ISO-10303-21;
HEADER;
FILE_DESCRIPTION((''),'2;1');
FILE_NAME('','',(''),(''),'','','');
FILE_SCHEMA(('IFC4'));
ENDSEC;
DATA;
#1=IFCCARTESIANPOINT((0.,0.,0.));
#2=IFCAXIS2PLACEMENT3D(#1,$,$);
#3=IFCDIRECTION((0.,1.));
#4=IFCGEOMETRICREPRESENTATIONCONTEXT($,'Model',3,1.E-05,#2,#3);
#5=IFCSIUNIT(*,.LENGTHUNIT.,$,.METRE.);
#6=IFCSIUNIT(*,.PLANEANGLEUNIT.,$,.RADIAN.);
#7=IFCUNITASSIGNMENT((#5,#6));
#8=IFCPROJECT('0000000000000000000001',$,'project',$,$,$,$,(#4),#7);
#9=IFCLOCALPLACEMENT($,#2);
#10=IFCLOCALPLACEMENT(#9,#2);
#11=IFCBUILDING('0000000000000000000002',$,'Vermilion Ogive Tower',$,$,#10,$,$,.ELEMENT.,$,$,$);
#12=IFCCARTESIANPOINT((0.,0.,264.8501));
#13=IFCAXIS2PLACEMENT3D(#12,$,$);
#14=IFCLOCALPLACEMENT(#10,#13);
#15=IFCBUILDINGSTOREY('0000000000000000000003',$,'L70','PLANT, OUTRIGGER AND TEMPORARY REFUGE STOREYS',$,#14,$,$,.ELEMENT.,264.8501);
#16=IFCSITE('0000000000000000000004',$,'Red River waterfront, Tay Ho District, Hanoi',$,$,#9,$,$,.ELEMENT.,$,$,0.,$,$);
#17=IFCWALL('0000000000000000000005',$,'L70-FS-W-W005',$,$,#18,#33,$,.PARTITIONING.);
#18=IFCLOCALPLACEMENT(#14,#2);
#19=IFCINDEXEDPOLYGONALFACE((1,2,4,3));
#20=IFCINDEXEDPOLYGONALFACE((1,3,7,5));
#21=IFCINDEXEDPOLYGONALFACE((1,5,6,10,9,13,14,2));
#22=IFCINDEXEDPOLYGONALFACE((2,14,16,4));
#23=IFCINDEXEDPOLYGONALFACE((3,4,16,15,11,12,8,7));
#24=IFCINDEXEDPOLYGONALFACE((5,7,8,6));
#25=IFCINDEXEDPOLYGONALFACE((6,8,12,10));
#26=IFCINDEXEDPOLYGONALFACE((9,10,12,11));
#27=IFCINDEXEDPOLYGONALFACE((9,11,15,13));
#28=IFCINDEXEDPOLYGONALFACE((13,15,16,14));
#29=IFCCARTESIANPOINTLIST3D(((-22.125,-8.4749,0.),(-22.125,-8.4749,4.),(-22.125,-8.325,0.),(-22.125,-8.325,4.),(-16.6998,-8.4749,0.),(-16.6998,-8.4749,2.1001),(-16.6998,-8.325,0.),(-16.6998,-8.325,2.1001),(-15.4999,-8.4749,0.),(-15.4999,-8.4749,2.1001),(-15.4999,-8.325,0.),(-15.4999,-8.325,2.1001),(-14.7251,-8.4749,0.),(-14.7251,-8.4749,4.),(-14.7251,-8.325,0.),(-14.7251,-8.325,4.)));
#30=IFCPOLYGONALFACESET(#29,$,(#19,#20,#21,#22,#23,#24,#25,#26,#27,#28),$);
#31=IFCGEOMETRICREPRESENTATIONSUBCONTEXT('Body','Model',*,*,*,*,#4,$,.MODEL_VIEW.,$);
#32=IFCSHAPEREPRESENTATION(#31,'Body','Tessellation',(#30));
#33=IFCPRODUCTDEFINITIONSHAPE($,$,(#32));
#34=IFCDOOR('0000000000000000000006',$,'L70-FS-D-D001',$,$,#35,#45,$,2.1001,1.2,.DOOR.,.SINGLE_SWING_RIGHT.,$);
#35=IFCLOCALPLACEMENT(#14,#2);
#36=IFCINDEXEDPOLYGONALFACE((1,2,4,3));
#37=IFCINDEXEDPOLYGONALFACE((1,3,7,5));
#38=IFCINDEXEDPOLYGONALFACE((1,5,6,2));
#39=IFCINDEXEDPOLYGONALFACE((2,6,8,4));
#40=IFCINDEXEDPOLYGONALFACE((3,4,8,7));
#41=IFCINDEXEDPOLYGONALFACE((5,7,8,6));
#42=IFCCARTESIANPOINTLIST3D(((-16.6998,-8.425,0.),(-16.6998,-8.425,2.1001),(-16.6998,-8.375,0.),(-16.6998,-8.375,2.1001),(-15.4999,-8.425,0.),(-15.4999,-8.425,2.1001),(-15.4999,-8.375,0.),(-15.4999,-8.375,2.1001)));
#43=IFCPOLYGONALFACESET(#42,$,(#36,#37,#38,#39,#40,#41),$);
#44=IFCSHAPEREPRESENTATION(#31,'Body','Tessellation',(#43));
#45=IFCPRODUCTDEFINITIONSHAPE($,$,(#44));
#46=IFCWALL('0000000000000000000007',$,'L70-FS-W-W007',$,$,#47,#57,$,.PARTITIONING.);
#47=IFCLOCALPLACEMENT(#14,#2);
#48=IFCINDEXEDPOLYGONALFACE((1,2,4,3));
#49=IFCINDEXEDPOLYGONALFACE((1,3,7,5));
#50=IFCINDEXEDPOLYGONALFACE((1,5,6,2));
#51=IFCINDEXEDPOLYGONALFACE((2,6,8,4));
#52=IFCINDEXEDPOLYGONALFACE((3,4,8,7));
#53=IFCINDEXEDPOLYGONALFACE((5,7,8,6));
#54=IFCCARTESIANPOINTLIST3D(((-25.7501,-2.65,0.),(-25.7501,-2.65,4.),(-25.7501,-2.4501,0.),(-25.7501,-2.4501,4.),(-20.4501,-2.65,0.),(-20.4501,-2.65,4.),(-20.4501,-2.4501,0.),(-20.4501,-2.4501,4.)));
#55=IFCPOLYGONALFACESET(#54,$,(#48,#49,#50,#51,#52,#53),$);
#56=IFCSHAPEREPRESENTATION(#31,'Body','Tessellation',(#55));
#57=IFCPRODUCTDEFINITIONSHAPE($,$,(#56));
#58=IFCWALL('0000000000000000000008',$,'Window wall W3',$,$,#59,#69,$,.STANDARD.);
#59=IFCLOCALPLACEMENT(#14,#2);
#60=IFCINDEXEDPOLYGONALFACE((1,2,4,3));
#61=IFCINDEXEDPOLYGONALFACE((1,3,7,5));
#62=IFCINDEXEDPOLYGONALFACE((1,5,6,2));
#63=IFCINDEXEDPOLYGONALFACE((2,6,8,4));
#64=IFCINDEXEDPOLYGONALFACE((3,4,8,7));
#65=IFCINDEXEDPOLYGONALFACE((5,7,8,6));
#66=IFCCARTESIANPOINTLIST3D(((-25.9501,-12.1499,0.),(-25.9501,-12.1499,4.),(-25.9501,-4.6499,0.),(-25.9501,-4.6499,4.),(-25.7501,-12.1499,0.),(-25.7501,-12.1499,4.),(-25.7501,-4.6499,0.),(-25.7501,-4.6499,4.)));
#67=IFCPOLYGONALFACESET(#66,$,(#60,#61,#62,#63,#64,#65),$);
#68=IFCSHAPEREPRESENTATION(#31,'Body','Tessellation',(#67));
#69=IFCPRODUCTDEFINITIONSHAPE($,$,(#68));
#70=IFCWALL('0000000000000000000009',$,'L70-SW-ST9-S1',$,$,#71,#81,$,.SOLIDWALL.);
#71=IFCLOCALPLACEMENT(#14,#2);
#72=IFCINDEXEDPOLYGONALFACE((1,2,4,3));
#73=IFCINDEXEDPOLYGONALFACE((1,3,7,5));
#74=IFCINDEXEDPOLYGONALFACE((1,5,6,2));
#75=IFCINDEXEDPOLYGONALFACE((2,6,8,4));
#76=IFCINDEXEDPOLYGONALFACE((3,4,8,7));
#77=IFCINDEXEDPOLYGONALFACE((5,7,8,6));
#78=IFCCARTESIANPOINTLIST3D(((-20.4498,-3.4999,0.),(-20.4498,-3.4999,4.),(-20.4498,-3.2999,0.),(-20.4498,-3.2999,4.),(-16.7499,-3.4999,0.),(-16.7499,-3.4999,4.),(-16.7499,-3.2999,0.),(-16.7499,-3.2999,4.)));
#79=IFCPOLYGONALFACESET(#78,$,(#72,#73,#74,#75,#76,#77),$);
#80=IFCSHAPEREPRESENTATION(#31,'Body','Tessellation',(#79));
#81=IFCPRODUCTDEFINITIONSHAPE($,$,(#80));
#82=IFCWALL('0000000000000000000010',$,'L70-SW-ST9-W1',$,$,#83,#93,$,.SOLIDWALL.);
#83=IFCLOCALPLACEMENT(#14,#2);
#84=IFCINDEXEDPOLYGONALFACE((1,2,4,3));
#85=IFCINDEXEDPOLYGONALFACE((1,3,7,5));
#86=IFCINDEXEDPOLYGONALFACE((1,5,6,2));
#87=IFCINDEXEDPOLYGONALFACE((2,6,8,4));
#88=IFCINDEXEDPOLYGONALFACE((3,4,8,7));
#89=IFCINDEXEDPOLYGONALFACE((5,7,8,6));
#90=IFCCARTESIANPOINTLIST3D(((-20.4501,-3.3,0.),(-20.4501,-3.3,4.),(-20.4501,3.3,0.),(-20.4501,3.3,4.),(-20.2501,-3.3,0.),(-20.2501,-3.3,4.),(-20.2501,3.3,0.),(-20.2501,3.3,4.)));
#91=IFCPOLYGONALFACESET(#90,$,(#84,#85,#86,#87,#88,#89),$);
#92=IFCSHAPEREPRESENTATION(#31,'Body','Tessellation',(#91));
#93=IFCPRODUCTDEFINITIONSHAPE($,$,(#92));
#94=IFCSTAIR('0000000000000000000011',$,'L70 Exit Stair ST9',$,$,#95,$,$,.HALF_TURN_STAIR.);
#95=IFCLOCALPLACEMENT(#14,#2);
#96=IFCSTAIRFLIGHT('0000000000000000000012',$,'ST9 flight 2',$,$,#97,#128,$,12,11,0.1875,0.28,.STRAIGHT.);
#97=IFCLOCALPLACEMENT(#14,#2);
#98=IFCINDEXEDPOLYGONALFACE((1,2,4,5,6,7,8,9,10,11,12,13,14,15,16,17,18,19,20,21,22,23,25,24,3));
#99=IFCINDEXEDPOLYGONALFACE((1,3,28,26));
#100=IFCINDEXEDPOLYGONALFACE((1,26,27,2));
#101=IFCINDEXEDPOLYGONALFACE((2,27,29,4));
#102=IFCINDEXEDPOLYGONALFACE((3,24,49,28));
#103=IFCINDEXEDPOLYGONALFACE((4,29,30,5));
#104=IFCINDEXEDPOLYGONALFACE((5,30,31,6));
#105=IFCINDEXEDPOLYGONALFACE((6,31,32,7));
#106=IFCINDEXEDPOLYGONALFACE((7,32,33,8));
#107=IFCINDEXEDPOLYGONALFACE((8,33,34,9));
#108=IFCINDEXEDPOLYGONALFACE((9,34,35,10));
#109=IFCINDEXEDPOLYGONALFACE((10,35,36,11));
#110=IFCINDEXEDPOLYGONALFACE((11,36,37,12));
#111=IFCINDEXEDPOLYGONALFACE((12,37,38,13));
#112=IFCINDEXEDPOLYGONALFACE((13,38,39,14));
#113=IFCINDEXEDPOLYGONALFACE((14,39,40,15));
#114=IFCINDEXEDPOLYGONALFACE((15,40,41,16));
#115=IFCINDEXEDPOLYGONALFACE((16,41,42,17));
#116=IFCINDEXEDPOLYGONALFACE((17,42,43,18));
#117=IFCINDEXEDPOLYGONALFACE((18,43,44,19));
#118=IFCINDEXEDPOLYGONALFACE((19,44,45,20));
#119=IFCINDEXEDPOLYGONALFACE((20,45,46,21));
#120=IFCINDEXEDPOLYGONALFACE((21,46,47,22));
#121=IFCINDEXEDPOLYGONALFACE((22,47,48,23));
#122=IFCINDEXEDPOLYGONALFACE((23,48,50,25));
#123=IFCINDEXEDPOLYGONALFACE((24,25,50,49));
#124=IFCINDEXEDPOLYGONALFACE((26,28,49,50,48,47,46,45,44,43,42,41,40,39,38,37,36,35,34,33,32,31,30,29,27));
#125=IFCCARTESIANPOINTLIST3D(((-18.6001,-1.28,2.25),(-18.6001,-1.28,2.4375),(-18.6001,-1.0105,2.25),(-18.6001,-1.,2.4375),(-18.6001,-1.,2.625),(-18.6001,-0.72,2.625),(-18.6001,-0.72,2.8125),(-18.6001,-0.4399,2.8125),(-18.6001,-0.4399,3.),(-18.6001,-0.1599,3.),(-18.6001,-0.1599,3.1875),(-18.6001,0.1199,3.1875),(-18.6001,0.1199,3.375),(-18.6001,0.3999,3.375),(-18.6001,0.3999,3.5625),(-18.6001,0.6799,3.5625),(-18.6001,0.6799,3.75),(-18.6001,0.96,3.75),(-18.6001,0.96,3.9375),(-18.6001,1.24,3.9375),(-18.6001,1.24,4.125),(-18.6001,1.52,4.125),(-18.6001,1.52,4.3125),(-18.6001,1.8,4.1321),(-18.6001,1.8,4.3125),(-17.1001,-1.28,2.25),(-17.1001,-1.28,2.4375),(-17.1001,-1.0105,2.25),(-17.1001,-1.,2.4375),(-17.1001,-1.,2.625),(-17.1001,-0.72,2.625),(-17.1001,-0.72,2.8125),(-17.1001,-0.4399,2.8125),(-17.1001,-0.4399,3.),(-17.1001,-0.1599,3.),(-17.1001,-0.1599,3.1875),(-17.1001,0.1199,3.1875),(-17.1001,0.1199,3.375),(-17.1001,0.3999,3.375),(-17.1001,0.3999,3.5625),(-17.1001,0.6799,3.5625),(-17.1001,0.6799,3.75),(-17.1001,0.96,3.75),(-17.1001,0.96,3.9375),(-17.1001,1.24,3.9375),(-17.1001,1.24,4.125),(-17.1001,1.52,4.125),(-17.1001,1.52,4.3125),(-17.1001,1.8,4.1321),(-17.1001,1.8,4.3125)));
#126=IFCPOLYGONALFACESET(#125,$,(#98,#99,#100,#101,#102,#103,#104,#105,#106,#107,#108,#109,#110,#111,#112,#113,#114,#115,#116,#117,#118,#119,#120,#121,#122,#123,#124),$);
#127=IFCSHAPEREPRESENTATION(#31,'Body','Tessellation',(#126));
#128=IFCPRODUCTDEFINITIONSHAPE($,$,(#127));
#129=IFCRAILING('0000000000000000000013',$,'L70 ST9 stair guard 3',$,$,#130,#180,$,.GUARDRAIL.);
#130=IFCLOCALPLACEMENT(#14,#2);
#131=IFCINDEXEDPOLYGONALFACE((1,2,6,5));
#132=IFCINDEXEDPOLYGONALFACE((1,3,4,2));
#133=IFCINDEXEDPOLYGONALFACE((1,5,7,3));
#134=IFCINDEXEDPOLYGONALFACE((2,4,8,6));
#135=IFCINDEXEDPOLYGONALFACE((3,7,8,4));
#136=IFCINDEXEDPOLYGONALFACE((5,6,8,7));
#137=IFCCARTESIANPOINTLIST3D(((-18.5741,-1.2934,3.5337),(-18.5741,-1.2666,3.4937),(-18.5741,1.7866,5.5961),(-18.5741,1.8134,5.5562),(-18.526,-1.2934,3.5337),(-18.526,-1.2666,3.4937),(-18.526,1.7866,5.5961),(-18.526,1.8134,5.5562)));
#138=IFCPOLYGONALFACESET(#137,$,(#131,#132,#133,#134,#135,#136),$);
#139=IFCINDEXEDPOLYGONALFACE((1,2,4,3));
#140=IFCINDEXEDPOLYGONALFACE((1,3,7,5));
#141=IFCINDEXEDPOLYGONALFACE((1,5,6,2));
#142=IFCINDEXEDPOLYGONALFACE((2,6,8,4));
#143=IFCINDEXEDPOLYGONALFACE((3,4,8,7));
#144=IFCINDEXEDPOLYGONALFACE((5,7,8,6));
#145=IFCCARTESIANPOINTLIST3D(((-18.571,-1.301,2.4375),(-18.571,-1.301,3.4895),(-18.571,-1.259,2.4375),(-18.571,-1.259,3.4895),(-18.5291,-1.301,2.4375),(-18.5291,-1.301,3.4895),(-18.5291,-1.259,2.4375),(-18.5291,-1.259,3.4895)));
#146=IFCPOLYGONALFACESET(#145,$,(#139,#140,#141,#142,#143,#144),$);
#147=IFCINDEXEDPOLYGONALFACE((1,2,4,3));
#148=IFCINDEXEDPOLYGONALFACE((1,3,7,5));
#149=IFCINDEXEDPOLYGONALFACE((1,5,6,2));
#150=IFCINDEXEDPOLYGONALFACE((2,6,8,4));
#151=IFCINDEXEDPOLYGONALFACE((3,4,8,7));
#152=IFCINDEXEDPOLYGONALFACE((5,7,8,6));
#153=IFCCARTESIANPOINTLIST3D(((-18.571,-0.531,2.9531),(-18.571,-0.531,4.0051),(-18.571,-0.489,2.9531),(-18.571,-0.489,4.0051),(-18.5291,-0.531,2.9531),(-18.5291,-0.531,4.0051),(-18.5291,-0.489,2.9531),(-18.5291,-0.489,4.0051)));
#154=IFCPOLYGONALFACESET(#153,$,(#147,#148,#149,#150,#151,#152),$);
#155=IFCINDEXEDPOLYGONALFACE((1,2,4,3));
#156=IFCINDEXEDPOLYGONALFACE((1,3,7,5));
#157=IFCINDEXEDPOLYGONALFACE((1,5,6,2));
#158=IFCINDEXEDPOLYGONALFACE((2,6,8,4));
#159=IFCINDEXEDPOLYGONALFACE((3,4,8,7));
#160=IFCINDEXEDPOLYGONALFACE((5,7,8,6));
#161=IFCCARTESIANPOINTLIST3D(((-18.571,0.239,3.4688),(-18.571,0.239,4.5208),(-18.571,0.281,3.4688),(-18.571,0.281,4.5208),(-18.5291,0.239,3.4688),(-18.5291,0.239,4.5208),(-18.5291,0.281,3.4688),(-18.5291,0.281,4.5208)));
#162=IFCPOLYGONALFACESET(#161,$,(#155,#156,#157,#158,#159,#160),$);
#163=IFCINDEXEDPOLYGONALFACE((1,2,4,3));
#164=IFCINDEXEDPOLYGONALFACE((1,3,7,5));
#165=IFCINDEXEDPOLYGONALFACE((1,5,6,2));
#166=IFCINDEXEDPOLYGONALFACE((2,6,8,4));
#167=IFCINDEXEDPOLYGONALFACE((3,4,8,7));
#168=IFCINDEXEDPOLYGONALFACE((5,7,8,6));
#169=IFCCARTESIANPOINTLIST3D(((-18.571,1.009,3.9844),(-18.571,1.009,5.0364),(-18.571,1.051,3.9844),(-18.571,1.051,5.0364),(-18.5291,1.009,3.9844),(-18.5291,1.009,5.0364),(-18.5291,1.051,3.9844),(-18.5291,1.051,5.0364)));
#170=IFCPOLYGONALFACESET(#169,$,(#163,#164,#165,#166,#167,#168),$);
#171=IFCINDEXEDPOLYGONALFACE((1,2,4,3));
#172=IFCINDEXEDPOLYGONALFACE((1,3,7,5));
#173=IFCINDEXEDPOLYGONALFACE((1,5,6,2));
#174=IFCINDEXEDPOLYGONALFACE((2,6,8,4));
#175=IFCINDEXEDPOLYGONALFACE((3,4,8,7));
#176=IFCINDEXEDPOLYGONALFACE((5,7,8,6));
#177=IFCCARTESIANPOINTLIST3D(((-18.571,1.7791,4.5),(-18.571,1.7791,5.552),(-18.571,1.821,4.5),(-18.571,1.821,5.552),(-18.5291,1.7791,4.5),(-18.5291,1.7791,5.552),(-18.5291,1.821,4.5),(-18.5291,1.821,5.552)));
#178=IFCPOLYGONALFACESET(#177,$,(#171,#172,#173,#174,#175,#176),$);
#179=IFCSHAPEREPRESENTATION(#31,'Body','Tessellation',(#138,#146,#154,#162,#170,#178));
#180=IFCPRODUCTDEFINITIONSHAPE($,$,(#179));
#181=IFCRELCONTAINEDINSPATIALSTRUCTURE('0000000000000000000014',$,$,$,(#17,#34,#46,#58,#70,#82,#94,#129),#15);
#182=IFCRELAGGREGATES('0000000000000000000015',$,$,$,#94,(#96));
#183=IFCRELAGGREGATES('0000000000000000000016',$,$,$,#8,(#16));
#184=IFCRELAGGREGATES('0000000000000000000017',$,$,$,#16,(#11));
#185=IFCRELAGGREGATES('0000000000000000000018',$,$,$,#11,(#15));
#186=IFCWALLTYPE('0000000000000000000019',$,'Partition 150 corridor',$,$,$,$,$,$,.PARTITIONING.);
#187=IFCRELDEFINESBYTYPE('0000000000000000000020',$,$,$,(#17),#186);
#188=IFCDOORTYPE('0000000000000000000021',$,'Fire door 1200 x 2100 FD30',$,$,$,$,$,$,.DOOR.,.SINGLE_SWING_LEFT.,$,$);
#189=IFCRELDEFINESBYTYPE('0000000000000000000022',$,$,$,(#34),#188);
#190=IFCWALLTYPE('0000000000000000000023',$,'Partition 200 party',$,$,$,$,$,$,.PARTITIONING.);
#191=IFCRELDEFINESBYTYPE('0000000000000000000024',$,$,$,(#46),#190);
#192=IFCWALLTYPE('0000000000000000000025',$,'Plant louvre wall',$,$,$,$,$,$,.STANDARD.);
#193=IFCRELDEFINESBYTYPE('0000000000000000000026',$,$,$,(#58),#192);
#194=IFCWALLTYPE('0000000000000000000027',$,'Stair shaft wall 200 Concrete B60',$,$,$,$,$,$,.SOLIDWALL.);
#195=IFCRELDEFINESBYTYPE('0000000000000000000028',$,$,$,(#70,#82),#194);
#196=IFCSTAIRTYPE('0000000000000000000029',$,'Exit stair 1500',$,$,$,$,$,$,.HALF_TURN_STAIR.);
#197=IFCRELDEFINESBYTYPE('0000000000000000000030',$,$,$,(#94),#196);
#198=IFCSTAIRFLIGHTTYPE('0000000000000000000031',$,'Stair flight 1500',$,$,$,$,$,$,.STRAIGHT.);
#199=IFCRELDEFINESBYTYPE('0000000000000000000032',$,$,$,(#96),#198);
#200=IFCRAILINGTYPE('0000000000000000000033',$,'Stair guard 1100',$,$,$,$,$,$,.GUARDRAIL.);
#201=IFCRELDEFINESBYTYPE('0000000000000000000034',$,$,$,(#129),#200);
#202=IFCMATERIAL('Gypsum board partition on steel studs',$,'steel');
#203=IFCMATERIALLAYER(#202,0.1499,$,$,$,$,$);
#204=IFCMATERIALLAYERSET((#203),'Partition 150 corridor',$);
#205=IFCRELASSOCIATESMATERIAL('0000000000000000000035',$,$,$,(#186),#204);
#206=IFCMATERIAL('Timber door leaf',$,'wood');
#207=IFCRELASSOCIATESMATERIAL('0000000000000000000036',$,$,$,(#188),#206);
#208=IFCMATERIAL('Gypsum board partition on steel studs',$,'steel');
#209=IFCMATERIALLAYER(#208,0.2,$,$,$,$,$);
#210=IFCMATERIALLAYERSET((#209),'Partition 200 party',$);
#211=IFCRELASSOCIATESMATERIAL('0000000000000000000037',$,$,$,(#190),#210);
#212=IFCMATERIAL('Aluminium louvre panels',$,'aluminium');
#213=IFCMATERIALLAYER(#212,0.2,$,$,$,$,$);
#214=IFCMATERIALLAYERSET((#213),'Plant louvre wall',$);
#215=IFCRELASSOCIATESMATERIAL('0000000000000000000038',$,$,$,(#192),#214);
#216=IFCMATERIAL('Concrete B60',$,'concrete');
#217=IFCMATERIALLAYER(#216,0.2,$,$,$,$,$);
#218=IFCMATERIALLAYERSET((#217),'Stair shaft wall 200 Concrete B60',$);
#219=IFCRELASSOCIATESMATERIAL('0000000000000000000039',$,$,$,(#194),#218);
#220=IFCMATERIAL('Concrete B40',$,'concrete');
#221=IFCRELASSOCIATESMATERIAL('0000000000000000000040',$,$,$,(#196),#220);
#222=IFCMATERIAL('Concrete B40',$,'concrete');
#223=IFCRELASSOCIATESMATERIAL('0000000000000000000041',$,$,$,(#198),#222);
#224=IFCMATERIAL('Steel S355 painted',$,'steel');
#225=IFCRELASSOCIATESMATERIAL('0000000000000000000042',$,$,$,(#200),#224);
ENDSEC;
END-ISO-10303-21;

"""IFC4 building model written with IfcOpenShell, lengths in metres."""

from ifc_helpers import new_model, si_unit, direction, frame, frame_2d, origin, origin_2d, place, context, subcontext, project, spatial, polyline, rectangle, outline, extrude, material, layer, layer_set, type_object, element, fill, aggregate, save


model = new_model("IFC4")

# Units and contexts
model_context = context("Model", 3, precision=1e-05, world=origin(), true_north=direction((0.0, 1.0)))
body_context = subcontext(model_context, "Body", "Model", "MODEL_VIEW")
ifc_project = project(units=[si_unit("LENGTHUNIT", "METRE"), si_unit("PLANEANGLEUNIT", "RADIAN")], contexts=[model_context])

# Site, building, storey
site_placement = place(None, origin())
site = spatial("IfcSite", under=ifc_project, at=site_placement, Name="Red River waterfront, Tay Ho District, Hanoi", CompositionType="ELEMENT", RefElevation=0.0)
building_placement = place(site_placement, origin())
building = spatial("IfcBuilding", under=site, at=building_placement, Name="Vermilion Ogive Tower", CompositionType="ELEMENT")
storey_placement = place(building_placement, frame((0.0, 0.0, 264.8501)))
storey = spatial("IfcBuildingStorey", under=building, at=storey_placement, Name="L70", Description="PLANT, OUTRIGGER AND TEMPORARY REFUGE STOREYS", CompositionType="ELEMENT", Elevation=264.8501)

# Wall, opening, door
ifc_material_1 = material(Name="Gypsum board partition on steel studs", Category="steel")
ifc_layer_1 = layer(ifc_material_1, 0.1499)
ifc_layer_set_1 = layer_set([ifc_layer_1], Name="Partition 150 corridor")
wall_type_1 = type_object("IfcWallType", Name="Partition 150 corridor", PredefinedType="PARTITIONING", material=ifc_layer_set_1)
wall_1_placement = place(storey_placement, frame((-22.125, -8.3999, 0.0), z_axis=(0.0, 0.0, 1.0), x_axis=(1.0, 0.0, 0.0)))
wall_1 = element("IfcWall", 1, at=wall_1_placement, inside=storey, type_object=wall_type_1, Name="L70-FS-W-W005", PredefinedType="PARTITIONING", context=body_context, shape_type="SweptSolid", body=[
    extrude(rectangle(XDim=7.3999, YDim=0.1499, at=frame_2d((3.7, 0.0))), origin(), (0.0, 0.0, 1.0), 4.0),
])
opening_placement = place(wall_1_placement, frame((5.425, 0.0, 0.0)))
opening = element("IfcOpeningElement", 2, at=opening_placement, cuts=wall_1, PredefinedType="OPENING", context=body_context, shape_type="SweptSolid", body=[
    extrude(rectangle(XDim=1.2, YDim=2.1001, at=frame_2d((0.6001, 1.05))), frame((0.0, 0.085, 0.0), z_axis=(0.0, -1.0, 0.0), x_axis=(1.0, 0.0, 0.0)), (0.0, 0.0, 1.0), 0.1699),
])
ifc_material_2 = material(Name="Timber door leaf", Category="wood")
door_type = type_object("IfcDoorType", Name="Fire door 1200 x 2100 FD30", OperationType="SINGLE_SWING_LEFT", PredefinedType="DOOR", material=ifc_material_2)
door_placement = place(opening_placement, origin())
door = element("IfcDoor", 3, at=door_placement, inside=storey, type_object=door_type, Name="L70-FS-D-D001", OperationType="SINGLE_SWING_RIGHT", OverallHeight=2.1001, OverallWidth=1.2, PredefinedType="DOOR", context=body_context, shape_type="SweptSolid", body=[
    extrude(rectangle(XDim=1.2, YDim=2.1001, at=frame_2d((0.6001, 1.05))), frame((0.0, 0.0249, 0.0), z_axis=(0.0, -1.0, 0.0), x_axis=(1.0, 0.0, 0.0)), (0.0, 0.0, 1.0), 0.05),
])
fill(opening, door)

# Walls
ifc_material_3 = material(Name="Gypsum board partition on steel studs", Category="steel")
ifc_layer_2 = layer(ifc_material_3, 0.2)
ifc_layer_set_2 = layer_set([ifc_layer_2], Name="Partition 200 party")
wall_type_2 = type_object("IfcWallType", Name="Partition 200 party", PredefinedType="PARTITIONING", material=ifc_layer_set_2)
wall_2_placement = place(storey_placement, frame((-25.75, -2.55, 0.0), z_axis=(0.0, 0.0, 1.0), x_axis=(1.0, 0.0, 0.0)))
element("IfcWall", 4, at=wall_2_placement, inside=storey, type_object=wall_type_2, Name="L70-FS-W-W007", PredefinedType="PARTITIONING", context=body_context, shape_type="SweptSolid", body=[
    extrude(rectangle(XDim=5.3, YDim=0.2, at=frame_2d((2.6499, 0.0))), origin(), (0.0, 0.0, 1.0), 4.0),
])
ifc_material_4 = material(Name="Aluminium louvre panels", Category="aluminium")
ifc_layer_3 = layer(ifc_material_4, 0.2)
ifc_layer_set_3 = layer_set([ifc_layer_3], Name="Plant louvre wall")
wall_type_3 = type_object("IfcWallType", Name="Plant louvre wall", PredefinedType="STANDARD", material=ifc_layer_set_3)
wall_3_placement = place(storey_placement, frame((-25.8501, -4.6499, 0.0), z_axis=(0.0, 0.0, 1.0), x_axis=(0.0, -1.0, 0.0)))
element("IfcWall", 5, at=wall_3_placement, inside=storey, type_object=wall_type_3, Name="Window wall W3", PredefinedType="STANDARD", context=body_context, shape_type="SweptSolid", body=[
    extrude(rectangle(XDim=7.5, YDim=0.2, at=frame_2d((3.75, 0.0))), origin(), (0.0, 0.0, 1.0), 4.0),
])
ifc_material_5 = material(Name="Concrete B60", Category="concrete")
ifc_layer_4 = layer(ifc_material_5, 0.2)
ifc_layer_set_4 = layer_set([ifc_layer_4], Name="Stair shaft wall 200 Concrete B60")
wall_type_4 = type_object("IfcWallType", Name="Stair shaft wall 200 Concrete B60", PredefinedType="SOLIDWALL", material=ifc_layer_set_4)
wall_4_placement = place(storey_placement, frame((-20.45, -3.3999, 0.0), z_axis=(0.0, 0.0, 1.0), x_axis=(1.0, 0.0, 0.0)))
element("IfcWall", 6, at=wall_4_placement, inside=storey, type_object=wall_type_4, Name="L70-SW-ST9-S1", PredefinedType="SOLIDWALL", context=body_context, shape_type="SweptSolid", body=[
    extrude(rectangle(XDim=3.7, YDim=0.2, at=frame_2d((1.8501, 0.0))), origin(), (0.0, 0.0, 1.0), 4.0),
])
wall_5_placement = place(storey_placement, frame((-20.3501, -3.3, 0.0), z_axis=(0.0, 0.0, 1.0), x_axis=(0.0, 1.0, 0.0)))
element("IfcWall", 7, at=wall_5_placement, inside=storey, type_object=wall_type_4, Name="L70-SW-ST9-W1", PredefinedType="SOLIDWALL", context=body_context, shape_type="SweptSolid", body=[
    extrude(rectangle(XDim=6.6001, YDim=0.2, at=frame_2d((3.3, 0.0))), origin(), (0.0, 0.0, 1.0), 4.0),
])

# Stair, stair flight
ifc_material_6 = material(Name="Concrete B40", Category="concrete")
stair_type = type_object("IfcStairType", Name="Exit stair 1500", PredefinedType="HALF_TURN_STAIR", material=ifc_material_6)
stair_placement = place(storey_placement, origin())
stair = element("IfcStair", 8, at=stair_placement, inside=storey, type_object=stair_type, Name="L70 Exit Stair ST9", PredefinedType="HALF_TURN_STAIR")
ifc_material_7 = material(Name="Concrete B40", Category="concrete")
stair_flight_type = type_object("IfcStairFlightType", Name="Stair flight 1500", PredefinedType="STRAIGHT", material=ifc_material_7)
stair_flight_placement = place(storey_placement, frame((-17.8501, -1.28, 2.25), z_axis=(0.0, 0.0, 1.0), x_axis=(0.0, 1.0, 0.0)))
stair_flight = element("IfcStairFlight", 9, at=stair_flight_placement, type_object=stair_flight_type, Name="ST9 flight 2", NumberOfRisers=12, NumberOfTreads=11, PredefinedType="STRAIGHT", RiserHeight=0.1875, TreadLength=0.28, context=body_context, shape_type="SweptSolid", body=[
    extrude(outline(polyline([(0.0, 0.0), (0.0, 0.1875), (0.28, 0.1875), (0.28, 0.375), (0.5601, 0.375), (0.5601, 0.5625), (0.8401, 0.5625), (0.8401, 0.75), (1.1201, 0.75), (1.1201, 0.9375), (1.3999, 0.9375), (1.3999, 1.125), (1.6799, 1.125), (1.6799, 1.3125), (1.96, 1.3125), (1.96, 1.5), (2.24, 1.5), (2.24, 1.6875), (2.52, 1.6875), (2.52, 1.875), (2.8, 1.875), (2.8, 2.0625), (3.0801, 2.0625), (3.0801, 2.25), (3.0801, 1.8821), (0.2695, 0.0), (0.0, 0.0)])), frame((0.0, 0.75, 0.0), z_axis=(0.0, -1.0, 0.0), x_axis=(1.0, 0.0, 0.0)), (0.0, 0.0, 1.0), 1.5),
])
aggregate(stair, [stair_flight])

# Railing
ifc_material_8 = material(Name="Steel S355 painted", Category="steel")
railing_type_1 = type_object("IfcRailingType", Name="Stair guard 1100", PredefinedType="GUARDRAIL", material=ifc_material_8)
railing_1_placement = place(storey_placement, frame((-18.55, -1.28, 2.4375)))
element("IfcRailing", 10, at=railing_1_placement, inside=storey, type_object=railing_type_1, Name="L70 ST9 stair guard 3", PredefinedType="GUARDRAIL", context=body_context, shape_type="SweptSolid", body=[
    extrude(rectangle(XDim=0.0481, YDim=0.0481, at=origin_2d()), frame((0.0, 0.0, 1.0762), z_axis=(0.0, 0.830914, 0.556401), x_axis=(-1.0, 0.0, 0.0)), (0.0, 0.0, 1.0), 3.7068),
    extrude(rectangle(XDim=0.042, YDim=0.042, at=origin_2d()), origin(), (0.0, 0.0, 1.0), 1.052),
    extrude(rectangle(XDim=0.042, YDim=0.042, at=origin_2d()), frame((0.0, 0.77, 0.5156)), (0.0, 0.0, 1.0), 1.052),
    extrude(rectangle(XDim=0.042, YDim=0.042, at=origin_2d()), frame((0.0, 1.54, 1.0312)), (0.0, 0.0, 1.0), 1.052),
    extrude(rectangle(XDim=0.042, YDim=0.042, at=origin_2d()), frame((0.0, 2.3101, 1.5469)), (0.0, 0.0, 1.0), 1.052),
    extrude(rectangle(XDim=0.042, YDim=0.042, at=origin_2d()), frame((0.0, 3.0801, 2.0625)), (0.0, 0.0, 1.0), 1.052),
])

save(model, "model.ifc")
